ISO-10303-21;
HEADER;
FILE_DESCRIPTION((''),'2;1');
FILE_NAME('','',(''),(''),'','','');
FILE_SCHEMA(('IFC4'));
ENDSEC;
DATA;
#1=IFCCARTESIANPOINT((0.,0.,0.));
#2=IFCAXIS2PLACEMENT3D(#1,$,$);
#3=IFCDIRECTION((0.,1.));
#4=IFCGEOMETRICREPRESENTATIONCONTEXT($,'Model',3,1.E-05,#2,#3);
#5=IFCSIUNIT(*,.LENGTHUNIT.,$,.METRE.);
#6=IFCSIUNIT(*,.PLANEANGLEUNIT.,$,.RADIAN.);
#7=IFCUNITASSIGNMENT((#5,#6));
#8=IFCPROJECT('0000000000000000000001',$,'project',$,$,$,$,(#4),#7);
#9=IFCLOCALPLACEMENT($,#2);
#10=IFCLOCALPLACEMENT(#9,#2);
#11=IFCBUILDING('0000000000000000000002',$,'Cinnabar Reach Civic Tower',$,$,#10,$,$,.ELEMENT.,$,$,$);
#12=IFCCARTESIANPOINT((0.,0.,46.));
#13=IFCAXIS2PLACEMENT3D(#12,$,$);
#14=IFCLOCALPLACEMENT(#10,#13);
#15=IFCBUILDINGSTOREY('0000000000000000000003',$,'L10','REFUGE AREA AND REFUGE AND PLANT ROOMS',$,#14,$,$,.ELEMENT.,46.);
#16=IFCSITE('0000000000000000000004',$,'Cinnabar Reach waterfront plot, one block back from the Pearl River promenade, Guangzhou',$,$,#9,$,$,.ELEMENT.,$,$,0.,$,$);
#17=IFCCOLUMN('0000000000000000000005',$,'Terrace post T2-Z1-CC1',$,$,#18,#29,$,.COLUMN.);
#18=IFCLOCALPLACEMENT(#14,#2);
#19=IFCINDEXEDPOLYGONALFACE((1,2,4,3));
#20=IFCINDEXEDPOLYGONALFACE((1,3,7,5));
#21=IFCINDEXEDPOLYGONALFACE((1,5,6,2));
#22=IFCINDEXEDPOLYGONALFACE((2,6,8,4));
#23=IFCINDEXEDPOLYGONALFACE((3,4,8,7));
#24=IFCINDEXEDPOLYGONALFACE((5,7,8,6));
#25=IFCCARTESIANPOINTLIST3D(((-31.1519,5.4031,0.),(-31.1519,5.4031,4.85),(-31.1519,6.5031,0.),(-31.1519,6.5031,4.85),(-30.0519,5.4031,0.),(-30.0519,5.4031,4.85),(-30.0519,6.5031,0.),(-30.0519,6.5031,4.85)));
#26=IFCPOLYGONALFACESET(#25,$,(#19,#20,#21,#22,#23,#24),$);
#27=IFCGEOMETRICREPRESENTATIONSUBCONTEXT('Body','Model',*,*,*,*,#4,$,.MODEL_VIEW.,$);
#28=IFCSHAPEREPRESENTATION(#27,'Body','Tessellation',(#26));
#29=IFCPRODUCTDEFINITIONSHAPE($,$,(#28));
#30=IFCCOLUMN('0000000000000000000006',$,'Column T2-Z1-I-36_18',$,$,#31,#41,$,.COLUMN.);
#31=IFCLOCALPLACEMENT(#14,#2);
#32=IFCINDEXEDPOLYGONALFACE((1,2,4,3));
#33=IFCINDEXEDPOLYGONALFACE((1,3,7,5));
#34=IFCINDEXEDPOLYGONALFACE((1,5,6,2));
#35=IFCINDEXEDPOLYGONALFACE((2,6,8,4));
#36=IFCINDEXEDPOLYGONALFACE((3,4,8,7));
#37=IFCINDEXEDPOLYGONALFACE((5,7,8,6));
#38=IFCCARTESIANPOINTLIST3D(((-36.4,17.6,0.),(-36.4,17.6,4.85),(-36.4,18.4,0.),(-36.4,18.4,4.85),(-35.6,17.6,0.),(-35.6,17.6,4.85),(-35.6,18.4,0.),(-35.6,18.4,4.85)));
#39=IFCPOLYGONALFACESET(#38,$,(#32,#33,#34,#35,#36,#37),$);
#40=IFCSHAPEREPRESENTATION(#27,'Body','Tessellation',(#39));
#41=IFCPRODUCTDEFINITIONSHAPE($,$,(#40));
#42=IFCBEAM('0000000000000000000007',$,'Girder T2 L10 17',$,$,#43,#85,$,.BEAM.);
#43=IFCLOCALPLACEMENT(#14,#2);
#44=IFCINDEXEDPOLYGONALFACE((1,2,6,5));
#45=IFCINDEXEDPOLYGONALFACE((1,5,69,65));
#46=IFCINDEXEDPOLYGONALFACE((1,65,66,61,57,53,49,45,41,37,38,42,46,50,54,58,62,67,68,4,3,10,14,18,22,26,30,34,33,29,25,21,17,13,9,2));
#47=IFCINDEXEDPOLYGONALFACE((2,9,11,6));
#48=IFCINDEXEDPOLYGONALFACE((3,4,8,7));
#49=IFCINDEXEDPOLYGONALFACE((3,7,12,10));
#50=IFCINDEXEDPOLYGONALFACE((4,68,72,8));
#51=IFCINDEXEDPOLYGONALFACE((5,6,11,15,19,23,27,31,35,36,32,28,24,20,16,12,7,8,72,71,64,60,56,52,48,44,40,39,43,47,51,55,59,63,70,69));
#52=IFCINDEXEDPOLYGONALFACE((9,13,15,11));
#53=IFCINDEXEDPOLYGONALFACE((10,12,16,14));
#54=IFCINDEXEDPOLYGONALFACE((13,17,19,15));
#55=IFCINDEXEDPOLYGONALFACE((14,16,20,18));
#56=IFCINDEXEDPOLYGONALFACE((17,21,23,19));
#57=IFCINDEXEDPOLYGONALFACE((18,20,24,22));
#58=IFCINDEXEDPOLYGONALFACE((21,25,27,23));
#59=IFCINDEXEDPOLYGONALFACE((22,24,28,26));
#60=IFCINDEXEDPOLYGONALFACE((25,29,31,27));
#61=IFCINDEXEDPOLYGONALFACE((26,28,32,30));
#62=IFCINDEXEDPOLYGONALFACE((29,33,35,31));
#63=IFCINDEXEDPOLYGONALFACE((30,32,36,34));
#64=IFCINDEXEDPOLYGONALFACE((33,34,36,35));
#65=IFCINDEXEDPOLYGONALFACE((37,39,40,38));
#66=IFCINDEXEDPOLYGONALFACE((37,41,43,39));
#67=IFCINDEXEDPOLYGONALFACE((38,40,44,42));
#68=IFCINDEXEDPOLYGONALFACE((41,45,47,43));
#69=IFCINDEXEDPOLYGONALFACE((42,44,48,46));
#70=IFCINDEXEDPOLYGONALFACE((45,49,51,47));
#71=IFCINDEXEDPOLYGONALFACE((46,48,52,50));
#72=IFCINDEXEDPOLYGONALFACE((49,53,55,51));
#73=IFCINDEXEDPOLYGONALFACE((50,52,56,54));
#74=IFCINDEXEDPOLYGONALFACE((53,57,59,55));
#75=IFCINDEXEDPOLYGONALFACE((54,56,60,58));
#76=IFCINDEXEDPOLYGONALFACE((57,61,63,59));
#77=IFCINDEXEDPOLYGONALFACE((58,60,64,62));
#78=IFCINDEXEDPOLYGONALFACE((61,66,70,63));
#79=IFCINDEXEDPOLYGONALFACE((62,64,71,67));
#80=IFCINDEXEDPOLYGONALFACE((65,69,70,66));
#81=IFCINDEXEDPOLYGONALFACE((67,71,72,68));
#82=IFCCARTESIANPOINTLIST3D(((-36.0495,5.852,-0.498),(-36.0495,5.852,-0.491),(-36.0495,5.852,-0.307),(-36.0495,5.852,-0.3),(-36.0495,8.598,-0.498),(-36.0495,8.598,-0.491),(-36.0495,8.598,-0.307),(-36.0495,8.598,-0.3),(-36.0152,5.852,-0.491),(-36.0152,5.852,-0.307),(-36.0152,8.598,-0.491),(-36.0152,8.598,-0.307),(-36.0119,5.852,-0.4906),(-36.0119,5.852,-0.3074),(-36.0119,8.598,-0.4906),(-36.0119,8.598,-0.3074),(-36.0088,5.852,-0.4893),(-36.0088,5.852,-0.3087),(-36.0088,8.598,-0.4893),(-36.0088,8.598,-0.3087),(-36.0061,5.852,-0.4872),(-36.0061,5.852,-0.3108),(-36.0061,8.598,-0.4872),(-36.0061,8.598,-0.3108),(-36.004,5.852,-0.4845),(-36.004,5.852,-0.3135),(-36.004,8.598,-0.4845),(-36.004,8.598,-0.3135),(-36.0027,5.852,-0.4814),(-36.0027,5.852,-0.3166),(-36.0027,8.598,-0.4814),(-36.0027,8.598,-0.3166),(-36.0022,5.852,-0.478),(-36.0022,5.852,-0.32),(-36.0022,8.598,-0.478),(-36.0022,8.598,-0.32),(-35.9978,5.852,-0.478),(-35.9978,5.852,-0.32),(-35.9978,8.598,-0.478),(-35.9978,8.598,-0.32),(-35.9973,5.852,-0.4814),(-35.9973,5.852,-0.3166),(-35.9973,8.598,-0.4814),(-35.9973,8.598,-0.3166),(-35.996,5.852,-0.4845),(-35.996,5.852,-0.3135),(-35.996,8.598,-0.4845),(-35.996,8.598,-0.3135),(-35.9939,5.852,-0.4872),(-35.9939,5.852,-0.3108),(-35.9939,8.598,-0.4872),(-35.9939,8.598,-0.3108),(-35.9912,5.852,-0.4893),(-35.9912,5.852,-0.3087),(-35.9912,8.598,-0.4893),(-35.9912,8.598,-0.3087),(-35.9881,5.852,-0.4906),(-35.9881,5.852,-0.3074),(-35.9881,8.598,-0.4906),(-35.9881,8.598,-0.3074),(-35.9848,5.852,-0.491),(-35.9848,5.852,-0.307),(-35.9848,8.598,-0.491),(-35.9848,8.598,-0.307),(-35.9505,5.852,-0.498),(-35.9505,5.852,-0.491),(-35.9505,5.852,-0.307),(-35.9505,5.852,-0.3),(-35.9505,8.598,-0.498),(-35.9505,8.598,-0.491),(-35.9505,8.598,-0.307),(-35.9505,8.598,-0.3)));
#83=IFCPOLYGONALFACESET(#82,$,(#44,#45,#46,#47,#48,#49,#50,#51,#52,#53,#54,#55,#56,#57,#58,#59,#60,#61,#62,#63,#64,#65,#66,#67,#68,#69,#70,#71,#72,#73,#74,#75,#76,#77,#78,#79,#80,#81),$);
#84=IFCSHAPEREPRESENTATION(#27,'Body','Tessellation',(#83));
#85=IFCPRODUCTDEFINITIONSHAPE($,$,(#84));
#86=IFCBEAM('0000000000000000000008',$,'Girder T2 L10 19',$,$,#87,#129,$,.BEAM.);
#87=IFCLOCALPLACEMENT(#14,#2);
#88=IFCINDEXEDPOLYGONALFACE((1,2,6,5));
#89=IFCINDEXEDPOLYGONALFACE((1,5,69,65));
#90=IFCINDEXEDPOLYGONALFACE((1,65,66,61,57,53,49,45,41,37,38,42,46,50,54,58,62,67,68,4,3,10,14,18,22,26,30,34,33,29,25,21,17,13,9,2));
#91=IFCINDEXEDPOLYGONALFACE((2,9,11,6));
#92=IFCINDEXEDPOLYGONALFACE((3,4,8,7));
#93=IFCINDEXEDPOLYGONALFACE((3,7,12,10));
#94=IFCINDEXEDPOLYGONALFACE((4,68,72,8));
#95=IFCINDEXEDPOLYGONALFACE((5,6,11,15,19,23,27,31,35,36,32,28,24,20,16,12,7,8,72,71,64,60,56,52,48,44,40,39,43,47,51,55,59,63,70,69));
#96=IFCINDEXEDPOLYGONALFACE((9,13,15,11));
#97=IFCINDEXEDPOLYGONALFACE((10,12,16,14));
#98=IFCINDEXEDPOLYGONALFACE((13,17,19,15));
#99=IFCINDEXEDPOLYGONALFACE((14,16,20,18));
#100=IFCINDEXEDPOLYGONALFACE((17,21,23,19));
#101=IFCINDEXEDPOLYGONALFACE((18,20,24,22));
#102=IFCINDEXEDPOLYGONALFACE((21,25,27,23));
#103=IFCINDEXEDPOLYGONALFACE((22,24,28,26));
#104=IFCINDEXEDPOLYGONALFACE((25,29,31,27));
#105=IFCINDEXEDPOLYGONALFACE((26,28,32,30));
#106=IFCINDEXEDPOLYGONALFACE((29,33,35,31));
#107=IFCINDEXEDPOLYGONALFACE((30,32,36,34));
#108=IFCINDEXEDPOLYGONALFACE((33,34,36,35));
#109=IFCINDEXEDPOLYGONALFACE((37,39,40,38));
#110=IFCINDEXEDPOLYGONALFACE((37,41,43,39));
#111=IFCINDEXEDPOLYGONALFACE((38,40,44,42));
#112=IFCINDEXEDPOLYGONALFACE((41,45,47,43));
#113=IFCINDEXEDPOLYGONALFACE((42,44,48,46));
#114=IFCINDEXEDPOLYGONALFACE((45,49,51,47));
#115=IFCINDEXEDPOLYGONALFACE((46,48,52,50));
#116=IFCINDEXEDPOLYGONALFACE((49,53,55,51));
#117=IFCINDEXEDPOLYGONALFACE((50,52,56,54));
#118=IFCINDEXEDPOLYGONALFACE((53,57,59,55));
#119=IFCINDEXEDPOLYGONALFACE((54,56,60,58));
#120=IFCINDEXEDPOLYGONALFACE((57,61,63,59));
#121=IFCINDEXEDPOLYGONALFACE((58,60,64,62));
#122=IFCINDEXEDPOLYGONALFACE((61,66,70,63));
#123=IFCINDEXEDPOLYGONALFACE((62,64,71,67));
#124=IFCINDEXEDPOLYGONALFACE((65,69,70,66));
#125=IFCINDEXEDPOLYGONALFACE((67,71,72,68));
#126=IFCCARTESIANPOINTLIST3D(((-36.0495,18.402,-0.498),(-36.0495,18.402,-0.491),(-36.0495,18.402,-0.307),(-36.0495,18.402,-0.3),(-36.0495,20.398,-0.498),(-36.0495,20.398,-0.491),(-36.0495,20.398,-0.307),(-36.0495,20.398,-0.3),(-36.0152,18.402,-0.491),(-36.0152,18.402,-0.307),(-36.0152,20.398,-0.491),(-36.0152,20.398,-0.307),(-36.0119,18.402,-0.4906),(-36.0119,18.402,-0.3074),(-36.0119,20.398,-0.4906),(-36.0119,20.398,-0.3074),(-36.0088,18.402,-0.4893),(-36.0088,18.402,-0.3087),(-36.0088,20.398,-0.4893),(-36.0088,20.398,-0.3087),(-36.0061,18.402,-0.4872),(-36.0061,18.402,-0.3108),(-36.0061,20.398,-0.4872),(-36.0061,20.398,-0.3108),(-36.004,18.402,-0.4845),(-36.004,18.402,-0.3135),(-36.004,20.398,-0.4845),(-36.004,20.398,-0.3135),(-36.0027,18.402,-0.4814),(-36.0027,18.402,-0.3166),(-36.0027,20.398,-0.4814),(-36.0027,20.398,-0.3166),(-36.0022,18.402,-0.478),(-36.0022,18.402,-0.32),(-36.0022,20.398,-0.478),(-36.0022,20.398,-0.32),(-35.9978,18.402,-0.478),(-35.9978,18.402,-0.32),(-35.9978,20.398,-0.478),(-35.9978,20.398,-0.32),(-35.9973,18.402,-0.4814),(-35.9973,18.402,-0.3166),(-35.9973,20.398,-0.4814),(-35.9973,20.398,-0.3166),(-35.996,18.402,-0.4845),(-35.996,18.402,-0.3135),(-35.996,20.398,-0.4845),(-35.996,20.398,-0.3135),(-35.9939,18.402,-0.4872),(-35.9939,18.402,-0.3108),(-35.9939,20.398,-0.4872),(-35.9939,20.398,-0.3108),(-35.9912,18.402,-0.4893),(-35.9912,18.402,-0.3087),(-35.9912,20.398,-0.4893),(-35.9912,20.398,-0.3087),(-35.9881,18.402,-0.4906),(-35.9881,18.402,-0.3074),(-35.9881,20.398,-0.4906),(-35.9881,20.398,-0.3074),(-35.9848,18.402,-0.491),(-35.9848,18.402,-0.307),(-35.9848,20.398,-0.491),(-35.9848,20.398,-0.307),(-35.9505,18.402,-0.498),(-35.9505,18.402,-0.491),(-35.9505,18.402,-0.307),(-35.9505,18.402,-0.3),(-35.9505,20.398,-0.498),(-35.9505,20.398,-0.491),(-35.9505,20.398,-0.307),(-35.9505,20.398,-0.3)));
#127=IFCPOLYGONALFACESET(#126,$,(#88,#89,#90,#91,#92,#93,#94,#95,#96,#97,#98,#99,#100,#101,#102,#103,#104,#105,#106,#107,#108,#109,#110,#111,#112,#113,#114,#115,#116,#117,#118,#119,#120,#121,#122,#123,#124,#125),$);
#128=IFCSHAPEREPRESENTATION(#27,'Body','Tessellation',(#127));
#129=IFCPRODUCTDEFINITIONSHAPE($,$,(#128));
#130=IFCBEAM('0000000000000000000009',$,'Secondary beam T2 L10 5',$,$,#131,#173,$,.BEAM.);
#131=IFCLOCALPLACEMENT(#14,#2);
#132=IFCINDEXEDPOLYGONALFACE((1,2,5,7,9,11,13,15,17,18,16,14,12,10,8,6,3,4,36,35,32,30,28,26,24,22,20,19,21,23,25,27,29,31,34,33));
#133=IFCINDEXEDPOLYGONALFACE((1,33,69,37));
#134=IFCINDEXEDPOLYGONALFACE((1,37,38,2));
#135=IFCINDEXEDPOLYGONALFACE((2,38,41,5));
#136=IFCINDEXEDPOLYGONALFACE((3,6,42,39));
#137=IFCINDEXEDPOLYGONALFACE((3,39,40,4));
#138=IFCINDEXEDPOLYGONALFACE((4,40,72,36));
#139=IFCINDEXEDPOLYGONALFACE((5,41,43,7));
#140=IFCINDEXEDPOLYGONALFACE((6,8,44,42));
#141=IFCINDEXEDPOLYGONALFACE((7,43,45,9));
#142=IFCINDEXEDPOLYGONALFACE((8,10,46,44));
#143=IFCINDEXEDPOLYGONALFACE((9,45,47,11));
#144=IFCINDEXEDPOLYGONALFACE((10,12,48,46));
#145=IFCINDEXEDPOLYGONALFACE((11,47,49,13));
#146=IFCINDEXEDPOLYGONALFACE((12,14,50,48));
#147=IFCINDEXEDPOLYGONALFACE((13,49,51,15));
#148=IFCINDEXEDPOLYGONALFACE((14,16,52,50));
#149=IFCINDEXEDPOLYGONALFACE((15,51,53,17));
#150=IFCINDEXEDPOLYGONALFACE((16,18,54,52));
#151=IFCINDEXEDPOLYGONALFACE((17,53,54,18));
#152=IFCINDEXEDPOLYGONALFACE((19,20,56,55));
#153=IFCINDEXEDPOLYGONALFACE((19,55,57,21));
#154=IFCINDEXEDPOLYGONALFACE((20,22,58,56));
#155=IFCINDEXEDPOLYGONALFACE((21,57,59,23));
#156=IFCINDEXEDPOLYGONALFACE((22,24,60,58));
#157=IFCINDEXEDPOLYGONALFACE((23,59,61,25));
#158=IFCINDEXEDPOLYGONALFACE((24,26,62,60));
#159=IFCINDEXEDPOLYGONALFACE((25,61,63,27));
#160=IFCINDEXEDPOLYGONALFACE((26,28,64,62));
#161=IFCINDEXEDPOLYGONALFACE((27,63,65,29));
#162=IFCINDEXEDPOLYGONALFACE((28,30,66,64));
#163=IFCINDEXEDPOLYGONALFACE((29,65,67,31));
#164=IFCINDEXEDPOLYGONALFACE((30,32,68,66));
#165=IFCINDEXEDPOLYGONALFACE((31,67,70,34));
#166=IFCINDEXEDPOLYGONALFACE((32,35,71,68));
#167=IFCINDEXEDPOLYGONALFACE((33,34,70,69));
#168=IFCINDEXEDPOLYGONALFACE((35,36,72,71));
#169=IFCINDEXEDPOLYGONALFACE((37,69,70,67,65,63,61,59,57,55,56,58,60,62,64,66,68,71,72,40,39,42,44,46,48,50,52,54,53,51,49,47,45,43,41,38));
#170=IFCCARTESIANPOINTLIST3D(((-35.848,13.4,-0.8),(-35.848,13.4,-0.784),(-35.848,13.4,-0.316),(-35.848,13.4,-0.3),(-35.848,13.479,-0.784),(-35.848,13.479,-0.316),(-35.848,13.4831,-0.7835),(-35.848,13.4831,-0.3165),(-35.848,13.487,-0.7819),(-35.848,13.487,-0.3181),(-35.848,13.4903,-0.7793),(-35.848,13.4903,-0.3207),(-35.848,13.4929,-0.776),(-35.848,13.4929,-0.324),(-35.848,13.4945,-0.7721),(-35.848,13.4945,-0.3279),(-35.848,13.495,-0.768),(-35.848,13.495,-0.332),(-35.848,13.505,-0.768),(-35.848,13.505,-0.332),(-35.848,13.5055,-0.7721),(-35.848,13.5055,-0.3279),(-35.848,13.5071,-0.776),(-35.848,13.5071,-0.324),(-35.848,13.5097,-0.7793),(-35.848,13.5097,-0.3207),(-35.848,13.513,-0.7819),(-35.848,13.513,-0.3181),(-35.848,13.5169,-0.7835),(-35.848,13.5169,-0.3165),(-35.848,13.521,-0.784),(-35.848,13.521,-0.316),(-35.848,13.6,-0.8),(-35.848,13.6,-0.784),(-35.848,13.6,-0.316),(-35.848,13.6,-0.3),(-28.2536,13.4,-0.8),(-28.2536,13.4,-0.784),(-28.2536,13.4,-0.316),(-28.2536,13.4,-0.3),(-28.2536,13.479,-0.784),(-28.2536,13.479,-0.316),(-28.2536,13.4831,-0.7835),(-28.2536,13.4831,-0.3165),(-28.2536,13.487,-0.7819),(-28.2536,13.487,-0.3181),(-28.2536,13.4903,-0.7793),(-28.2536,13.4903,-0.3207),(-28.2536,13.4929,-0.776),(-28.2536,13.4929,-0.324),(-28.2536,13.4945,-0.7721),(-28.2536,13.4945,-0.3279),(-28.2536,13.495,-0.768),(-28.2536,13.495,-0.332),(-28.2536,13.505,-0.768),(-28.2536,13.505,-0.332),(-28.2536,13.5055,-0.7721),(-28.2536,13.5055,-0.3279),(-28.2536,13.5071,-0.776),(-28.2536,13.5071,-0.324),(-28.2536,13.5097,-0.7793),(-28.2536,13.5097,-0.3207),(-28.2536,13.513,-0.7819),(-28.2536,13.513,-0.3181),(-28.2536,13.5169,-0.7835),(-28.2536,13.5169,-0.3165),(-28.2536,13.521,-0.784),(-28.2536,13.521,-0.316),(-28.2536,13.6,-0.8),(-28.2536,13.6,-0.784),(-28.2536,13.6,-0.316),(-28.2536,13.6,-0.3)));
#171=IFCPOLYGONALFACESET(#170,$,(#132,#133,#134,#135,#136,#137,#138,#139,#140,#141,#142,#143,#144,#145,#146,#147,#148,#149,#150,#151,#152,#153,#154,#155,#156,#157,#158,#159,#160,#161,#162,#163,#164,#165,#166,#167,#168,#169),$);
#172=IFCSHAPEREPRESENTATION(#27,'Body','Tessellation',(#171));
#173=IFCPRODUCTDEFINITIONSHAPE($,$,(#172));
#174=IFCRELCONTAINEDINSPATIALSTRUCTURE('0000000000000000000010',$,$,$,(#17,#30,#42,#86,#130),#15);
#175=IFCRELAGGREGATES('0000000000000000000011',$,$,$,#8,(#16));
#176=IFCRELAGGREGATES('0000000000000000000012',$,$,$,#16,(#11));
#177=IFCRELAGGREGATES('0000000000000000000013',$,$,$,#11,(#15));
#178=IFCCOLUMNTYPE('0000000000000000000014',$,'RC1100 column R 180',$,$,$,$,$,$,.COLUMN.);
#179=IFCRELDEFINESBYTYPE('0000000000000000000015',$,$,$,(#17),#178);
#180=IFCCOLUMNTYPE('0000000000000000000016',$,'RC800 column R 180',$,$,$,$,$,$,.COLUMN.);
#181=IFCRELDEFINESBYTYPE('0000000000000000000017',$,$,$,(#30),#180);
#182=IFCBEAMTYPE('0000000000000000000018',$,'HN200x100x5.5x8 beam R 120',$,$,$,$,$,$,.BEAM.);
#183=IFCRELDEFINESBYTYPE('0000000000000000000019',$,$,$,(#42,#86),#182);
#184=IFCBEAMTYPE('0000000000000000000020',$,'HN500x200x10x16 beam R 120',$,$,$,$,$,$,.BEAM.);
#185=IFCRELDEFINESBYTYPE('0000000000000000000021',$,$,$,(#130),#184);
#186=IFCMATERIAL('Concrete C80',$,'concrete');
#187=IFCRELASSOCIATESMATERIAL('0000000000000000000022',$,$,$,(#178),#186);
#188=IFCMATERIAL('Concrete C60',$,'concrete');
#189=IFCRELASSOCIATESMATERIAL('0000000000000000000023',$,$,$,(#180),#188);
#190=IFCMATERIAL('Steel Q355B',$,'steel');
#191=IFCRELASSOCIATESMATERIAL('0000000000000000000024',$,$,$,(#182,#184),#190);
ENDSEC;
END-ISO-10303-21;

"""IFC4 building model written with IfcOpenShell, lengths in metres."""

from ifc_helpers import new_model, si_unit, direction, frame, origin, origin_2d, place, context, subcontext, project, spatial, rectangle, i_section, extrude, material, material_profile, profile_set, type_object, element, save


model = new_model("IFC4")

# Units and contexts
model_context = context("Model", 3, precision=1e-05, world=origin(), true_north=direction((0.0, 1.0)))
body_context = subcontext(model_context, "Body", "Model", "MODEL_VIEW")
ifc_project = project(units=[si_unit("LENGTHUNIT", "METRE"), si_unit("PLANEANGLEUNIT", "RADIAN")], contexts=[model_context])

# Site, building, storey
site_placement = place(None, origin())
site = spatial("IfcSite", under=ifc_project, at=site_placement, Name="Cinnabar Reach waterfront plot, one block back from the Pearl River promenade, Guangzhou", CompositionType="ELEMENT", RefElevation=0.0)
building_placement = place(site_placement, origin())
building = spatial("IfcBuilding", under=site, at=building_placement, Name="Cinnabar Reach Civic Tower", CompositionType="ELEMENT")
storey_placement = place(building_placement, frame((0.0, 0.0, 46.0)))
storey = spatial("IfcBuildingStorey", under=building, at=storey_placement, Name="L10", Description="REFUGE AREA AND REFUGE AND PLANT ROOMS", CompositionType="ELEMENT", Elevation=46.0)

# Columns
ifc_material_1 = material(Name="Concrete C80", Category="concrete")
ifc_material_profile_1 = material_profile(ifc_material_1, rectangle(XDim=1.1, YDim=1.1, at=origin_2d()), Name="RC1100")
ifc_profile_set_1 = profile_set([ifc_material_profile_1], Name="Concrete C80")
column_type_1 = type_object("IfcColumnType", Name="RC1100 column R 180", PredefinedType="COLUMN", material=ifc_profile_set_1)
column_1_placement = place(storey_placement, frame((-30.6019, 5.9531, 0.0), z_axis=(0.0, 0.0, 1.0), x_axis=(1.0, 0.0, 0.0)))
element("IfcColumn", 1, at=column_1_placement, inside=storey, type_object=column_type_1, Name="Terrace post T2-Z1-CC1", PredefinedType="COLUMN", context=body_context, shape_type="SweptSolid", body=[
    extrude(rectangle(XDim=1.1, YDim=1.1, at=origin_2d()), origin(), (0.0, 0.0, 1.0), 4.85),
])
ifc_material_2 = material(Name="Concrete C60", Category="concrete")
ifc_material_profile_2 = material_profile(ifc_material_2, rectangle(XDim=0.8, YDim=0.8, at=origin_2d()), Name="RC800")
ifc_profile_set_2 = profile_set([ifc_material_profile_2], Name="Concrete C60")
column_type_2 = type_object("IfcColumnType", Name="RC800 column R 180", PredefinedType="COLUMN", material=ifc_profile_set_2)
column_2_placement = place(storey_placement, frame((-36.0, 18.0, 0.0), z_axis=(0.0, 0.0, 1.0), x_axis=(1.0, 0.0, 0.0)))
element("IfcColumn", 2, at=column_2_placement, inside=storey, type_object=column_type_2, Name="Column T2-Z1-I-36_18", PredefinedType="COLUMN", context=body_context, shape_type="SweptSolid", body=[
    extrude(rectangle(XDim=0.8, YDim=0.8, at=origin_2d()), origin(), (0.0, 0.0, 1.0), 4.85),
])

# Beams
ifc_material_3 = material(Name="Steel Q355B", Category="steel")
ifc_material_profile_3 = material_profile(ifc_material_3, i_section(OverallWidth=0.099, OverallDepth=0.198, WebThickness=0.0045, FlangeThickness=0.007, FilletRadius=0.013, at=origin_2d()), Name="HN200x100x5.5x8")
ifc_profile_set_3 = profile_set([ifc_material_profile_3], Name="Steel Q355B")
beam_type_1 = type_object("IfcBeamType", Name="HN200x100x5.5x8 beam R 120", PredefinedType="BEAM", material=ifc_profile_set_3)
beam_1_placement = place(storey_placement, frame((-36.0, 5.852, -0.399), z_axis=(0.0, 1.0, 0.0), x_axis=(-1.0, 0.0, 0.0)))
element("IfcBeam", 3, at=beam_1_placement, inside=storey, type_object=beam_type_1, Name="Girder T2 L10 17", PredefinedType="BEAM", context=body_context, shape_type="SweptSolid", body=[
    extrude(i_section(OverallWidth=0.099, OverallDepth=0.198, WebThickness=0.0045, FlangeThickness=0.007, FilletRadius=0.013, at=origin_2d()), origin(), (0.0, 0.0, 1.0), 2.746),
])
beam_2_placement = place(storey_placement, frame((-36.0, 18.402, -0.399), z_axis=(0.0, 1.0, 0.0), x_axis=(-1.0, 0.0, 0.0)))
element("IfcBeam", 4, at=beam_2_placement, inside=storey, type_object=beam_type_1, Name="Girder T2 L10 19", PredefinedType="BEAM", context=body_context, shape_type="SweptSolid", body=[
    extrude(i_section(OverallWidth=0.099, OverallDepth=0.198, WebThickness=0.0045, FlangeThickness=0.007, FilletRadius=0.013, at=origin_2d()), origin(), (0.0, 0.0, 1.0), 1.996),
])
ifc_material_profile_4 = material_profile(ifc_material_3, i_section(OverallWidth=0.2, OverallDepth=0.5, WebThickness=0.01, FlangeThickness=0.016, FilletRadius=0.016, at=origin_2d()), Name="HN500x200x10x16")
ifc_profile_set_4 = profile_set([ifc_material_profile_4], Name="Steel Q355B")
beam_type_2 = type_object("IfcBeamType", Name="HN500x200x10x16 beam R 120", PredefinedType="BEAM", material=ifc_profile_set_4)
beam_3_placement = place(storey_placement, frame((-35.848, 13.5, -0.55), z_axis=(1.0, 0.0, 0.0), x_axis=(0.0, 1.0, 0.0)))
element("IfcBeam", 5, at=beam_3_placement, inside=storey, type_object=beam_type_2, Name="Secondary beam T2 L10 5", PredefinedType="BEAM", context=body_context, shape_type="SweptSolid", body=[
    extrude(i_section(OverallWidth=0.2, OverallDepth=0.5, WebThickness=0.01, FlangeThickness=0.016, FilletRadius=0.016, at=origin_2d()), origin(), (0.0, 0.0, 1.0), 7.5944),
])

save(model, "model.ifc")
